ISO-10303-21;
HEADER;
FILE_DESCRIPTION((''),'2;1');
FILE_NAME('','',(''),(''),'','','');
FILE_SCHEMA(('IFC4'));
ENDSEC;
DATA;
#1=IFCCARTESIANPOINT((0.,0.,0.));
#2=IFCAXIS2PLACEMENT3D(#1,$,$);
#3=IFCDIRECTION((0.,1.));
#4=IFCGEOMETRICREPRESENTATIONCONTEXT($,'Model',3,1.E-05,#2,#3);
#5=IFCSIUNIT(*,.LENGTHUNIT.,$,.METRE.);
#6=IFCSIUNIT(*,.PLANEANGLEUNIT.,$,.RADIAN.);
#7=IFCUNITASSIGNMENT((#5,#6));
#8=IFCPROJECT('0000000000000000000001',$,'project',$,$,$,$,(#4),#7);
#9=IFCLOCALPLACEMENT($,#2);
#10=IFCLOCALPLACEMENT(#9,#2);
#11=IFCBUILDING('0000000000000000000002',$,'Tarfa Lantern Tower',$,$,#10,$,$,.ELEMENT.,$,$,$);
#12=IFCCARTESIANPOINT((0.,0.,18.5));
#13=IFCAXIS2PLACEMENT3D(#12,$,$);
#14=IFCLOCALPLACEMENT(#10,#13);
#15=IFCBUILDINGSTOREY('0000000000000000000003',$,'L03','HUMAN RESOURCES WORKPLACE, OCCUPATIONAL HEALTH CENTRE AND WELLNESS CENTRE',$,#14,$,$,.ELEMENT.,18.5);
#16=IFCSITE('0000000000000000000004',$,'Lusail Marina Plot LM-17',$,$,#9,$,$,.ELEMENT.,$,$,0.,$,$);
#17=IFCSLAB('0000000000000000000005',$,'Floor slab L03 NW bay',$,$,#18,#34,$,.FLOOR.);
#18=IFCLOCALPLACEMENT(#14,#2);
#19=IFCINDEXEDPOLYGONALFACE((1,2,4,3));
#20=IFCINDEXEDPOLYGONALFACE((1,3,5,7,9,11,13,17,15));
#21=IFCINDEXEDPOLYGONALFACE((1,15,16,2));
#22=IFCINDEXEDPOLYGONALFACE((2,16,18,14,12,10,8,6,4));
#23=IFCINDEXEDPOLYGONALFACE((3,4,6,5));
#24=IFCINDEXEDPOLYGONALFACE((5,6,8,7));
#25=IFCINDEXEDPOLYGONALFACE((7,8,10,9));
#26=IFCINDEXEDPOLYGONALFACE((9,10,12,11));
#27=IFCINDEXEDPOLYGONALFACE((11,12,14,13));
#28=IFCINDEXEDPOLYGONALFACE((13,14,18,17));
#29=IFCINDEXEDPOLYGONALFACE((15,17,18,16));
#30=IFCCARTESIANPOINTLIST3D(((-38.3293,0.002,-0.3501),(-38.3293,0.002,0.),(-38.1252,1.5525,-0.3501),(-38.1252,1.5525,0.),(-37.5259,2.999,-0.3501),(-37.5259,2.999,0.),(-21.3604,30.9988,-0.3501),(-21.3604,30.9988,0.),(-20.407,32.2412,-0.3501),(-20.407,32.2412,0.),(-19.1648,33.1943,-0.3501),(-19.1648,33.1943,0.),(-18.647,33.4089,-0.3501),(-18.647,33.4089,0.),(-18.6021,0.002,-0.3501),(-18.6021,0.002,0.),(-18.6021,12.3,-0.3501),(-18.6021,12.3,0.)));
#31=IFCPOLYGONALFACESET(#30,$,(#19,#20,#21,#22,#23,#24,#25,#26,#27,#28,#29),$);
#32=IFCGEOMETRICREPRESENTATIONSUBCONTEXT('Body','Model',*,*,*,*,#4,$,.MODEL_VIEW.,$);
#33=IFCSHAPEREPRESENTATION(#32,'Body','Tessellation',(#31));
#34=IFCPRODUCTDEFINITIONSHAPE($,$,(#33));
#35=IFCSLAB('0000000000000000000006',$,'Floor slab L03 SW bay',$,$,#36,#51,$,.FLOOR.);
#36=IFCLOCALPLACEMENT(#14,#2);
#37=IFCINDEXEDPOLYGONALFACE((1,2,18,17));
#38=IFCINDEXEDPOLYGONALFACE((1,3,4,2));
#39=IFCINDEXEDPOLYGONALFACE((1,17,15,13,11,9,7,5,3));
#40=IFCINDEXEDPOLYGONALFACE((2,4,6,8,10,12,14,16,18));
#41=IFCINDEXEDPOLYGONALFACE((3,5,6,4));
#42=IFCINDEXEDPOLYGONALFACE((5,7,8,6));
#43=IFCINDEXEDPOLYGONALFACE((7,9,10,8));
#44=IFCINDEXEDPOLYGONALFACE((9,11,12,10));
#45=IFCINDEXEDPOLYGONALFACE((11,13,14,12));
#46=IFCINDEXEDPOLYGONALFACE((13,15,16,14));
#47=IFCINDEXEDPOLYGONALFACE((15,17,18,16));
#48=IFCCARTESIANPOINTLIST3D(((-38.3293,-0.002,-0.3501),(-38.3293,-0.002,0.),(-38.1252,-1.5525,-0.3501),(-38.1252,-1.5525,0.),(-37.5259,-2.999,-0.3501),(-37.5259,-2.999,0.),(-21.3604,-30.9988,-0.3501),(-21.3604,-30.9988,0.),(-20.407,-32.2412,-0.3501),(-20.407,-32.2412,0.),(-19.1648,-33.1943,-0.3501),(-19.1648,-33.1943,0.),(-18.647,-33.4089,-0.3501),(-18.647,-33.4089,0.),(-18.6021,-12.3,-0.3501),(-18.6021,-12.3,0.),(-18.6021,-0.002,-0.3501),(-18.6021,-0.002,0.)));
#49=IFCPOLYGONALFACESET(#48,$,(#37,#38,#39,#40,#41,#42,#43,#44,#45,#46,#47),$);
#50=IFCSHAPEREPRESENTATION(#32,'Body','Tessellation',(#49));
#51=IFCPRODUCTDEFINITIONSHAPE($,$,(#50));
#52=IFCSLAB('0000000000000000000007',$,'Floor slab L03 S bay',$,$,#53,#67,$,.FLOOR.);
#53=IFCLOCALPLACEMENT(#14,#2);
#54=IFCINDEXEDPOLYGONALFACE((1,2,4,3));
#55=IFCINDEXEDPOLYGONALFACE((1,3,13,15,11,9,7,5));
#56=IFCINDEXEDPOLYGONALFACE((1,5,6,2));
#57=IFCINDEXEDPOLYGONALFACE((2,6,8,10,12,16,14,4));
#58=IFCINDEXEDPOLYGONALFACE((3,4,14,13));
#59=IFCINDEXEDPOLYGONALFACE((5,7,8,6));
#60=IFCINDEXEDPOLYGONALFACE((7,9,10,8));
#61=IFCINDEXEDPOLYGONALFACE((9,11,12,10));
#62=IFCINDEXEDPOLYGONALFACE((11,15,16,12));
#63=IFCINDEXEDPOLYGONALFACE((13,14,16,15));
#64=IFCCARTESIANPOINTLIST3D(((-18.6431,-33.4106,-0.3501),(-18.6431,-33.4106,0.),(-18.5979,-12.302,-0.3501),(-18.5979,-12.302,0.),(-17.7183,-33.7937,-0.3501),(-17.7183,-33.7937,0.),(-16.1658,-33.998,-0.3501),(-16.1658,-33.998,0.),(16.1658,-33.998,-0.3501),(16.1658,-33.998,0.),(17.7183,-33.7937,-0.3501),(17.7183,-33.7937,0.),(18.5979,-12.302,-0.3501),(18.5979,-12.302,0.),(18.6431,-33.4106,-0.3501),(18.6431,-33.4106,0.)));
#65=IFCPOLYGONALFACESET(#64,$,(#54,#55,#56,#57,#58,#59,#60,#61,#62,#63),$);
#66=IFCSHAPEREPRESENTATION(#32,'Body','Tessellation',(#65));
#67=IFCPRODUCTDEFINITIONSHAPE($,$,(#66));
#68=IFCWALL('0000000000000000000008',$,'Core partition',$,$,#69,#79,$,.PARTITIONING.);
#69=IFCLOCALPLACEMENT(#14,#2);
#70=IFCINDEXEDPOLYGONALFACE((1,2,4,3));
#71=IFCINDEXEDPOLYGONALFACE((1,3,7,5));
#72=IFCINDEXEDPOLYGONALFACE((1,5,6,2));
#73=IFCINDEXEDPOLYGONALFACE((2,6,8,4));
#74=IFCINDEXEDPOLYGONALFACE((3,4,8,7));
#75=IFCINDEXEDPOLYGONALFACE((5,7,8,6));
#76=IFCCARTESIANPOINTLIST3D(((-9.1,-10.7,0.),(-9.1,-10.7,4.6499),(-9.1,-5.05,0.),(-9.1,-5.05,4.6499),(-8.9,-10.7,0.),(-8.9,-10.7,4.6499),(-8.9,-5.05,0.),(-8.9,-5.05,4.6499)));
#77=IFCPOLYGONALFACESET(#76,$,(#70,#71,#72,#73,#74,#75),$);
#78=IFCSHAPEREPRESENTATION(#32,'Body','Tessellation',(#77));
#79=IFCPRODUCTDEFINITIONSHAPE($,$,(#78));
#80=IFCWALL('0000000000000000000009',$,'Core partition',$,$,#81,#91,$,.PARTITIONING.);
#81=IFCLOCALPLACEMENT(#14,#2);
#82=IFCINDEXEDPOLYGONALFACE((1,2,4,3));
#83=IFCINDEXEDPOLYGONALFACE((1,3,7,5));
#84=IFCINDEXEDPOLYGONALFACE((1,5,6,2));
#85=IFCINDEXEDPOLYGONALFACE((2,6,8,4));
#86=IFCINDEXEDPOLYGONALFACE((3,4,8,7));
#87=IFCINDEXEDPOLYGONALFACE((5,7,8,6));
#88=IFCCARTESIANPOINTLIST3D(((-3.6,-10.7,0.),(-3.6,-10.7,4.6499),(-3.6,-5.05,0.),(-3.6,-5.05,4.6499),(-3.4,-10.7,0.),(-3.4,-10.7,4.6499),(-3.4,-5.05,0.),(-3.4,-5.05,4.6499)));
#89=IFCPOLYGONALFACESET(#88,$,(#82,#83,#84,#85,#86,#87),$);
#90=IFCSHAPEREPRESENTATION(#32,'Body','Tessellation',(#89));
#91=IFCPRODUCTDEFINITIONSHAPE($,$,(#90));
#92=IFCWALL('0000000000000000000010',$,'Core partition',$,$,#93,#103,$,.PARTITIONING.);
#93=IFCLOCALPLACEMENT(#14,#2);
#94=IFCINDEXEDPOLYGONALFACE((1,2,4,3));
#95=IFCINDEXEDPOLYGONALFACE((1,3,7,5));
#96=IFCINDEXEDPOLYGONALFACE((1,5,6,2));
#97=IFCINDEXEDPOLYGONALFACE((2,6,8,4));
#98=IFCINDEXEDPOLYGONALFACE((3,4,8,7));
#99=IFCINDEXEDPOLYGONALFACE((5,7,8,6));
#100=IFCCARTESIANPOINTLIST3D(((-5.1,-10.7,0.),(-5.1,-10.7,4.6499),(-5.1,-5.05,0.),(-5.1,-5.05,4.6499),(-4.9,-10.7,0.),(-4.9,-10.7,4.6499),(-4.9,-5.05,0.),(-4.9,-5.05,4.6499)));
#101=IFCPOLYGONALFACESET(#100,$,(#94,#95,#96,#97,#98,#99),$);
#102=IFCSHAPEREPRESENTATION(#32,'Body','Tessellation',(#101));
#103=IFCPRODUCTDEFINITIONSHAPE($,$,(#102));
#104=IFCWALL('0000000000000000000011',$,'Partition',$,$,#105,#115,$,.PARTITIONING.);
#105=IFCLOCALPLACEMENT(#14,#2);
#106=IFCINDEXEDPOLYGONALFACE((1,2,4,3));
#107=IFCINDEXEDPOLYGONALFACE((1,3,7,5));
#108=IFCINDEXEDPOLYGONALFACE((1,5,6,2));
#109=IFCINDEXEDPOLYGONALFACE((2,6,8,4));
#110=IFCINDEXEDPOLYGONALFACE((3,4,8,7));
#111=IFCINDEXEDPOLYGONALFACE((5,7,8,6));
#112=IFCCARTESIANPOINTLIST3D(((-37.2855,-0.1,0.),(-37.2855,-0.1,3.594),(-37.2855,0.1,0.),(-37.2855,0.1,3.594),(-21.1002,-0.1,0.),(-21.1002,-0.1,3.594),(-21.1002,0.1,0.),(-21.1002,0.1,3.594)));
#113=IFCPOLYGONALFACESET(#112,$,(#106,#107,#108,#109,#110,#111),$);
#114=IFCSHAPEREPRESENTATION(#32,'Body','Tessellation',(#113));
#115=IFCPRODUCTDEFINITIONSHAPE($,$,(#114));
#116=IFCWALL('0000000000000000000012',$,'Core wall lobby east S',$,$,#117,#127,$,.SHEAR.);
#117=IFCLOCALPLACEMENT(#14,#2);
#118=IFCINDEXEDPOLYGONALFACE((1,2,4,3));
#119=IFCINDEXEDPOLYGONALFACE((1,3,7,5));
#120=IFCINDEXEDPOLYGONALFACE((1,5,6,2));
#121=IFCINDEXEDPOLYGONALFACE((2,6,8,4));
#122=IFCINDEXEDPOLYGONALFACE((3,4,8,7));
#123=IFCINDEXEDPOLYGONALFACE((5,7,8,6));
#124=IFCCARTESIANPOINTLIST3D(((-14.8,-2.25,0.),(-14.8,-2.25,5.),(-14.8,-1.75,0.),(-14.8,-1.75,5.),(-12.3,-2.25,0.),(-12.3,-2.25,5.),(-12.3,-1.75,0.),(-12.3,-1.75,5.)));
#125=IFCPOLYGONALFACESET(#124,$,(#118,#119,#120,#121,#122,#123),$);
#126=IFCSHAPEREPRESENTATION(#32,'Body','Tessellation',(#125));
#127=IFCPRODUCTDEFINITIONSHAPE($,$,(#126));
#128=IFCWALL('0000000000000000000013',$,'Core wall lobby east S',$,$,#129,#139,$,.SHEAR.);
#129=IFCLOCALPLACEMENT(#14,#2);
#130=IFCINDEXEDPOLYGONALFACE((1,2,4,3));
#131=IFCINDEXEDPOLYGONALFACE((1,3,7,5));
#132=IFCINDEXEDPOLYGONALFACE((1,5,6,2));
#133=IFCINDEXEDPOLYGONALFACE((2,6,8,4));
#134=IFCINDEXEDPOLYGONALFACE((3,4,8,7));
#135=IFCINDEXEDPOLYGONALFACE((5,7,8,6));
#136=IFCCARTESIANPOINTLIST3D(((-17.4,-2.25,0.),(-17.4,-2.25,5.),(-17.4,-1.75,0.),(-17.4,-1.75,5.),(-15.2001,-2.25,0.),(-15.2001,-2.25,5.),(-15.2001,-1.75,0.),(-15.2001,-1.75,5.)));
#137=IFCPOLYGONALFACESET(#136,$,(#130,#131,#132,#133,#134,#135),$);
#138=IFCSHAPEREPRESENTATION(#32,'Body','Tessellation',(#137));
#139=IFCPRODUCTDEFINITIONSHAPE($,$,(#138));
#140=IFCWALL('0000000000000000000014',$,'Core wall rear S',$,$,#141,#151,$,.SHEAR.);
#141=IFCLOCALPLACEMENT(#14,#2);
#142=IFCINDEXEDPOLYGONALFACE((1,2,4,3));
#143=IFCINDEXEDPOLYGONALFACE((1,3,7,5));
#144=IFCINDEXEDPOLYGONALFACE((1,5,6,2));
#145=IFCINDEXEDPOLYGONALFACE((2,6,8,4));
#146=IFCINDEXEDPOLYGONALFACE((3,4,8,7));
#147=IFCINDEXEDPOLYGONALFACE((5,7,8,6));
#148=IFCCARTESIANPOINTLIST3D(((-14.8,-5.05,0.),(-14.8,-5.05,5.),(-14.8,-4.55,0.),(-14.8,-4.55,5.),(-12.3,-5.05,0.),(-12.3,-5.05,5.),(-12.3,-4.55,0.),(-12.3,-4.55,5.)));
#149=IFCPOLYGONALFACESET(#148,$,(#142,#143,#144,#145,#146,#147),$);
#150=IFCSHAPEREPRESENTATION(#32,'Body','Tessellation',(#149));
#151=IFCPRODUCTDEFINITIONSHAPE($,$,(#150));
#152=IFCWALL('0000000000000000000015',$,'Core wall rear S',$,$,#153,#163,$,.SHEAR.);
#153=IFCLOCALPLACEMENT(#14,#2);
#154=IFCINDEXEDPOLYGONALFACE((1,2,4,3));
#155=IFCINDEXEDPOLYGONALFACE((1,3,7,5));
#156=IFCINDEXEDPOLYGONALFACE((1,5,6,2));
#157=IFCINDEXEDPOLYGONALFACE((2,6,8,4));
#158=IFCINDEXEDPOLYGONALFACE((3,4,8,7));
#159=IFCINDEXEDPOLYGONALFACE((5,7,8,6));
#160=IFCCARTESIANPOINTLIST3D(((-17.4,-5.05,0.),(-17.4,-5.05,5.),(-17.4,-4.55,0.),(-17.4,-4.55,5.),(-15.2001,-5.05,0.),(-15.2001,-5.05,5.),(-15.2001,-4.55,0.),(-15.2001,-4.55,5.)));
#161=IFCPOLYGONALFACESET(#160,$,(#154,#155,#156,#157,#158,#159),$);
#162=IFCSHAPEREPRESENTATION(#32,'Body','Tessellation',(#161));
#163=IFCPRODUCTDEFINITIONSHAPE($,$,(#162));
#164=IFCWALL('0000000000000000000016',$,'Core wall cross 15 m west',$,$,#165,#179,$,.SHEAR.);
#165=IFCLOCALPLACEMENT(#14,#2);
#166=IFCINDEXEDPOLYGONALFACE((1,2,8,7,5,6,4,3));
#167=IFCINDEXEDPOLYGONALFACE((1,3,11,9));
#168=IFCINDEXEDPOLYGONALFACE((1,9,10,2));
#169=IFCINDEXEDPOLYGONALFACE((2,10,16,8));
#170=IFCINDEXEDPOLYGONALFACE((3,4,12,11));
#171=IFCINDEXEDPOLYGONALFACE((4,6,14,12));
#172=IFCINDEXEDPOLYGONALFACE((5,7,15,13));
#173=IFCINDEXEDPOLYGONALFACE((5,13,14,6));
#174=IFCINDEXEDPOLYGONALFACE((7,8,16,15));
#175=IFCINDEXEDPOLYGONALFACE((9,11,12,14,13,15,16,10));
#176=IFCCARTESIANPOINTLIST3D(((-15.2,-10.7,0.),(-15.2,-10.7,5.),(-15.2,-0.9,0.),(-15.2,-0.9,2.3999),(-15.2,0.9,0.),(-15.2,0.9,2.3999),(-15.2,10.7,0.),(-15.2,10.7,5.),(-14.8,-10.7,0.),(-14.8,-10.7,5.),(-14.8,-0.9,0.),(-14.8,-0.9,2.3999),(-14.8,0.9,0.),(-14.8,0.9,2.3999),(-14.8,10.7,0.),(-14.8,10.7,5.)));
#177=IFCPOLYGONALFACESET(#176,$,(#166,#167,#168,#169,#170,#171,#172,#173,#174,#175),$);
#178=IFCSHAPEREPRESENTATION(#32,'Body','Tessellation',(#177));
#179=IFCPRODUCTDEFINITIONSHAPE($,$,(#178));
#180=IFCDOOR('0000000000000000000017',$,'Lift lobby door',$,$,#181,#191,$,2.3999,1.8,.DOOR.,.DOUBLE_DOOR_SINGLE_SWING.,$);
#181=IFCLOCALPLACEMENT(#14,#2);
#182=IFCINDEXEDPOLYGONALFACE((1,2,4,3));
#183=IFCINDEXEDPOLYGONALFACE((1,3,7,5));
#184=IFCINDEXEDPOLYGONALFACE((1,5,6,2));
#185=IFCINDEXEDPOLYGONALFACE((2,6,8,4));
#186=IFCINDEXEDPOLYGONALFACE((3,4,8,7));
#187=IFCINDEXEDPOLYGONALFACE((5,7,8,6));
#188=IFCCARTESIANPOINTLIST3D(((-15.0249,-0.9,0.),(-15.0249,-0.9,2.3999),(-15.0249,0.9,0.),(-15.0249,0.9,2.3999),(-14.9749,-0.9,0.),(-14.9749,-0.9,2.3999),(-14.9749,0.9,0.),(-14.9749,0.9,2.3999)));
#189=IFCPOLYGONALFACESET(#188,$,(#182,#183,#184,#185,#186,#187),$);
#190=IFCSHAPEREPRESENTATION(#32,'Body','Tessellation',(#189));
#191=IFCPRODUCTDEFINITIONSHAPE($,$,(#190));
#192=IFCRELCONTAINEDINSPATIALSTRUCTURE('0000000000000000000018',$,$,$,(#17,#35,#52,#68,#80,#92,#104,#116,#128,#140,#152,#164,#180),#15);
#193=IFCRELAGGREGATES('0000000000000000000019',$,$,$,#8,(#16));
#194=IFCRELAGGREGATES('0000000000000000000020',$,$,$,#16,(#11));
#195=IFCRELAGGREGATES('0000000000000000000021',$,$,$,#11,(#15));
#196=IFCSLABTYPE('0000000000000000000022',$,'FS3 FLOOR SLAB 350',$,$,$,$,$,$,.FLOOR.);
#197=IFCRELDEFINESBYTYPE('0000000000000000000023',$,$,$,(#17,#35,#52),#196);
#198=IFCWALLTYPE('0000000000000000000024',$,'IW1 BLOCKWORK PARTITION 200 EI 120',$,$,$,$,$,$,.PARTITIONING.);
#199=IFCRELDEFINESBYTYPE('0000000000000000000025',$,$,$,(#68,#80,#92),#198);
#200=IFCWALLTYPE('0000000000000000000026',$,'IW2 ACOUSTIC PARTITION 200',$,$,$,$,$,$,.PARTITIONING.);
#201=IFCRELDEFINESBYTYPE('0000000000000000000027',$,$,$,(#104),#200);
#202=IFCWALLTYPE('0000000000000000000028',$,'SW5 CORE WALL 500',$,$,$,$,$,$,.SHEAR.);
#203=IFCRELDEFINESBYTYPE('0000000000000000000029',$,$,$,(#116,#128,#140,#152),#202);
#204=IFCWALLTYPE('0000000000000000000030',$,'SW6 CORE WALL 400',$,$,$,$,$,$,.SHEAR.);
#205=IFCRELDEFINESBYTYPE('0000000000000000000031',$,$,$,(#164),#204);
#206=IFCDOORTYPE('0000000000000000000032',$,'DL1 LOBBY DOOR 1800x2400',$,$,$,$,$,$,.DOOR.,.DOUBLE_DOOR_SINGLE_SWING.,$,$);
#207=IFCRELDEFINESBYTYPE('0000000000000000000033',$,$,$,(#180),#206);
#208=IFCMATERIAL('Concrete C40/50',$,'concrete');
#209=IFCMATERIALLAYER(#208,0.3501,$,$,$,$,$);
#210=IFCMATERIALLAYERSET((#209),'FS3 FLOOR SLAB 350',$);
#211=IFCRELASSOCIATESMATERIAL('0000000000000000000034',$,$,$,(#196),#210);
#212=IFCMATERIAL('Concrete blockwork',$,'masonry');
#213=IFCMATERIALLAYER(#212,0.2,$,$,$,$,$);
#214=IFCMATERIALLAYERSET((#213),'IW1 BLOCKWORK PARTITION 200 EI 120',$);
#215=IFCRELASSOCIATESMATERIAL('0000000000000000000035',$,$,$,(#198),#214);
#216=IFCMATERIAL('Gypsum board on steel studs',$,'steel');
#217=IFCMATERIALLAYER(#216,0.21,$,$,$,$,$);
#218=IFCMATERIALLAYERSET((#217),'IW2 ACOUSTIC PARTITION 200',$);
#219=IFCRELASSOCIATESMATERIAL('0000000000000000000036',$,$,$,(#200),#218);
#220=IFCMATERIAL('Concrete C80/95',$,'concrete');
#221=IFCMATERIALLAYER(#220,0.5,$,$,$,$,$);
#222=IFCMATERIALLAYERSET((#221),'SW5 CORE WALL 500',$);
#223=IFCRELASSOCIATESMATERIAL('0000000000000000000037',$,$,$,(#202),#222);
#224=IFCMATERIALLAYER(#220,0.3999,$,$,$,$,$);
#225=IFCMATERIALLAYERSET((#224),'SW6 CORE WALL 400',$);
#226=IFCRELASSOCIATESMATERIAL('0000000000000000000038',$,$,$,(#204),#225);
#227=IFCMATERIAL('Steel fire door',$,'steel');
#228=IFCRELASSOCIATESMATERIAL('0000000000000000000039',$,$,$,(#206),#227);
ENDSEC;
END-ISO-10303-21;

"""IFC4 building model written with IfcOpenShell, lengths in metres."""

from ifc_helpers import new_model, si_unit, direction, frame, frame_2d, origin, place, context, subcontext, project, spatial, polyline, rectangle, outline, extrude, material, layer, layer_set, type_object, element, fill, save


model = new_model("IFC4")

# Units and contexts
model_context = context("Model", 3, precision=1e-05, world=origin(), true_north=direction((0.0, 1.0)))
body_context = subcontext(model_context, "Body", "Model", "MODEL_VIEW")
ifc_project = project(units=[si_unit("LENGTHUNIT", "METRE"), si_unit("PLANEANGLEUNIT", "RADIAN")], contexts=[model_context])

# Site, building, storey
site_placement = place(None, origin())
site = spatial("IfcSite", under=ifc_project, at=site_placement, Name="Lusail Marina Plot LM-17", CompositionType="ELEMENT", RefElevation=0.0)
building_placement = place(site_placement, origin())
building = spatial("IfcBuilding", under=site, at=building_placement, Name="Tarfa Lantern Tower", CompositionType="ELEMENT")
storey_placement = place(building_placement, frame((0.0, 0.0, 18.5)))
storey = spatial("IfcBuildingStorey", under=building, at=storey_placement, Name="L03", Description="HUMAN RESOURCES WORKPLACE, OCCUPATIONAL HEALTH CENTRE AND WELLNESS CENTRE", CompositionType="ELEMENT", Elevation=18.5)

# Slabs
ifc_material_1 = material(Name="Concrete C40/50", Category="concrete")
ifc_layer_1 = layer(ifc_material_1, 0.3501)
ifc_layer_set_1 = layer_set([ifc_layer_1], Name="FS3 FLOOR SLAB 350")
slab_type = type_object("IfcSlabType", Name="FS3 FLOOR SLAB 350", PredefinedType="FLOOR", material=ifc_layer_set_1)
slab_1_placement = place(storey_placement, frame((0.0, 0.0, -0.3501)))
element("IfcSlab", 1, at=slab_1_placement, inside=storey, type_object=slab_type, Name="Floor slab L03 NW bay", PredefinedType="FLOOR", context=body_context, shape_type="SweptSolid", body=[
    extrude(outline(polyline([(-18.6021, 0.002), (-18.6021, 12.3), (-18.647, 33.4089), (-19.1648, 33.1943), (-20.407, 32.2412), (-21.3604, 30.9988), (-37.5259, 2.999), (-38.1252, 1.5525), (-38.3293, 0.002), (-18.6021, 0.002)])), origin(), (0.0, 0.0, 1.0), 0.3501),
])
slab_2_placement = place(storey_placement, frame((0.0, 0.0, -0.3501)))
element("IfcSlab", 2, at=slab_2_placement, inside=storey, type_object=slab_type, Name="Floor slab L03 SW bay", PredefinedType="FLOOR", context=body_context, shape_type="SweptSolid", body=[
    extrude(outline(polyline([(-18.6021, -12.3), (-18.6021, -0.002), (-38.3293, -0.002), (-38.1252, -1.5525), (-37.5259, -2.999), (-21.3604, -30.9988), (-20.407, -32.2412), (-19.1648, -33.1943), (-18.647, -33.4089), (-18.6021, -12.3)])), origin(), (0.0, 0.0, 1.0), 0.3501),
])
slab_3_placement = place(storey_placement, frame((0.0, 0.0, -0.3501)))
element("IfcSlab", 3, at=slab_3_placement, inside=storey, type_object=slab_type, Name="Floor slab L03 S bay", PredefinedType="FLOOR", context=body_context, shape_type="SweptSolid", body=[
    extrude(outline(polyline([(18.5979, -12.302), (-18.5979, -12.302), (-18.6431, -33.4106), (-17.7183, -33.7937), (-16.1658, -33.998), (16.1658, -33.998), (17.7183, -33.7937), (18.6431, -33.4106), (18.5979, -12.302)])), origin(), (0.0, 0.0, 1.0), 0.3501),
])

# Walls
ifc_material_2 = material(Name="Concrete blockwork", Category="masonry")
ifc_layer_2 = layer(ifc_material_2, 0.2)
ifc_layer_set_2 = layer_set([ifc_layer_2], Name="IW1 BLOCKWORK PARTITION 200 EI 120")
wall_type_1 = type_object("IfcWallType", Name="IW1 BLOCKWORK PARTITION 200 EI 120", PredefinedType="PARTITIONING", material=ifc_layer_set_2)
for number, where, z_axis, x_axis, name in (
    (4, (-9.0, -5.05, 0.0), (0.0, 0.0, 1.0), (0.0, -1.0, 0.0), "Core partition"),
    (5, (-3.5, -5.05, 0.0), (0.0, 0.0, 1.0), (0.0, -1.0, 0.0), "Core partition"),
    (6, (-5.0, -5.05, 0.0), (0.0, 0.0, 1.0), (0.0, -1.0, 0.0), "Core partition"),
):
    element("IfcWall", number, at=place(storey_placement, frame(where, z_axis=z_axis, x_axis=x_axis)), inside=storey, type_object=wall_type_1, Name=name, PredefinedType="PARTITIONING", context=body_context, shape_type="SweptSolid", body=[
        extrude(rectangle(XDim=5.6499, YDim=0.2, at=frame_2d((2.825, 0.0))), origin(), (0.0, 0.0, 1.0), 4.6499),
    ])
ifc_material_3 = material(Name="Gypsum board on steel studs", Category="steel")
ifc_layer_3 = layer(ifc_material_3, 0.21)
ifc_layer_set_3 = layer_set([ifc_layer_3], Name="IW2 ACOUSTIC PARTITION 200")
wall_type_2 = type_object("IfcWallType", Name="IW2 ACOUSTIC PARTITION 200", PredefinedType="PARTITIONING", material=ifc_layer_set_3)
wall_1_placement = place(storey_placement, frame((-21.1001, 0.0, 0.0), z_axis=(0.0, 0.0, 1.0), x_axis=(-1.0, 0.0, 0.0)))
element("IfcWall", 7, at=wall_1_placement, inside=storey, type_object=wall_type_2, Name="Partition", PredefinedType="PARTITIONING", context=body_context, shape_type="SweptSolid", body=[
    extrude(rectangle(XDim=16.1853, YDim=0.2, at=frame_2d((8.0928, 0.0))), origin(), (0.0, 0.0, 1.0), 3.594),
])
ifc_material_4 = material(Name="Concrete C80/95", Category="concrete")
ifc_layer_4 = layer(ifc_material_4, 0.5)
ifc_layer_set_4 = layer_set([ifc_layer_4], Name="SW5 CORE WALL 500")
wall_type_3 = type_object("IfcWallType", Name="SW5 CORE WALL 500", PredefinedType="SHEAR", material=ifc_layer_set_4)
wall_2_placement = place(storey_placement, frame((-12.3, -2.0, 0.0), z_axis=(0.0, 0.0, 1.0), x_axis=(-1.0, 0.0, 0.0)))
element("IfcWall", 8, at=wall_2_placement, inside=storey, type_object=wall_type_3, Name="Core wall lobby east S", PredefinedType="SHEAR", context=body_context, shape_type="SweptSolid", body=[
    extrude(rectangle(XDim=2.5, YDim=0.5, at=frame_2d((1.25, 0.0))), origin(), (0.0, 0.0, 1.0), 5.0),
])
wall_3_placement = place(storey_placement, frame((-15.2, -2.0, 0.0), z_axis=(0.0, 0.0, 1.0), x_axis=(-1.0, 0.0, 0.0)))
element("IfcWall", 9, at=wall_3_placement, inside=storey, type_object=wall_type_3, Name="Core wall lobby east S", PredefinedType="SHEAR", context=body_context, shape_type="SweptSolid", body=[
    extrude(rectangle(XDim=2.2, YDim=0.5, at=frame_2d((1.1001, 0.0))), origin(), (0.0, 0.0, 1.0), 5.0),
])
wall_4_placement = place(storey_placement, frame((-12.3, -4.8, 0.0), z_axis=(0.0, 0.0, 1.0), x_axis=(-1.0, 0.0, 0.0)))
element("IfcWall", 10, at=wall_4_placement, inside=storey, type_object=wall_type_3, Name="Core wall rear S", PredefinedType="SHEAR", context=body_context, shape_type="SweptSolid", body=[
    extrude(rectangle(XDim=2.5, YDim=0.5, at=frame_2d((1.25, 0.0))), origin(), (0.0, 0.0, 1.0), 5.0),
])
wall_5_placement = place(storey_placement, frame((-15.2, -4.8, 0.0), z_axis=(0.0, 0.0, 1.0), x_axis=(-1.0, 0.0, 0.0)))
element("IfcWall", 11, at=wall_5_placement, inside=storey, type_object=wall_type_3, Name="Core wall rear S", PredefinedType="SHEAR", context=body_context, shape_type="SweptSolid", body=[
    extrude(rectangle(XDim=2.2, YDim=0.5, at=frame_2d((1.1001, 0.0))), origin(), (0.0, 0.0, 1.0), 5.0),
])

# Wall, opening, door
ifc_layer_5 = layer(ifc_material_4, 0.3999)
ifc_layer_set_5 = layer_set([ifc_layer_5], Name="SW6 CORE WALL 400")
wall_type_4 = type_object("IfcWallType", Name="SW6 CORE WALL 400", PredefinedType="SHEAR", material=ifc_layer_set_5)
wall_6_placement = place(storey_placement, frame((-15.0, -10.7, 0.0), z_axis=(0.0, 0.0, 1.0), x_axis=(0.0, 1.0, 0.0)))
wall_6 = element("IfcWall", 12, at=wall_6_placement, inside=storey, type_object=wall_type_4, Name="Core wall cross 15 m west", PredefinedType="SHEAR", context=body_context, shape_type="SweptSolid", body=[
    extrude(rectangle(XDim=21.3999, YDim=0.3999, at=frame_2d((10.7, 0.0))), origin(), (0.0, 0.0, 1.0), 5.0),
])
opening_1_placement = place(wall_6_placement, frame((9.8, 0.0, 0.0)))
opening_1 = element("IfcOpeningElement", 13, at=opening_1_placement, cuts=wall_6, PredefinedType="OPENING", context=body_context, shape_type="SweptSolid", body=[
    extrude(rectangle(XDim=1.8, YDim=2.3999, at=frame_2d((0.8999, 1.2))), frame((0.0, 0.21, 0.0), z_axis=(0.0, -1.0, 0.0), x_axis=(1.0, 0.0, 0.0)), (0.0, 0.0, 1.0), 0.4199),
])
ifc_material_5 = material(Name="Steel fire door", Category="steel")
door_type = type_object("IfcDoorType", Name="DL1 LOBBY DOOR 1800x2400", OperationType="DOUBLE_DOOR_SINGLE_SWING", PredefinedType="DOOR", material=ifc_material_5)
door_1_placement = place(opening_1_placement, origin())
door_1 = element("IfcDoor", 14, at=door_1_placement, inside=storey, type_object=door_type, Name="Lift lobby door", OperationType="DOUBLE_DOOR_SINGLE_SWING", OverallHeight=2.3999, OverallWidth=1.8, PredefinedType="DOOR", context=body_context, shape_type="SweptSolid", body=[
    extrude(rectangle(XDim=1.8, YDim=2.3999, at=frame_2d((0.8999, 1.2))), frame((0.0, 0.0249, 0.0), z_axis=(0.0, -1.0, 0.0), x_axis=(1.0, 0.0, 0.0)), (0.0, 0.0, 1.0), 0.05),
])
fill(opening_1, door_1)

save(model, "model.ifc")
